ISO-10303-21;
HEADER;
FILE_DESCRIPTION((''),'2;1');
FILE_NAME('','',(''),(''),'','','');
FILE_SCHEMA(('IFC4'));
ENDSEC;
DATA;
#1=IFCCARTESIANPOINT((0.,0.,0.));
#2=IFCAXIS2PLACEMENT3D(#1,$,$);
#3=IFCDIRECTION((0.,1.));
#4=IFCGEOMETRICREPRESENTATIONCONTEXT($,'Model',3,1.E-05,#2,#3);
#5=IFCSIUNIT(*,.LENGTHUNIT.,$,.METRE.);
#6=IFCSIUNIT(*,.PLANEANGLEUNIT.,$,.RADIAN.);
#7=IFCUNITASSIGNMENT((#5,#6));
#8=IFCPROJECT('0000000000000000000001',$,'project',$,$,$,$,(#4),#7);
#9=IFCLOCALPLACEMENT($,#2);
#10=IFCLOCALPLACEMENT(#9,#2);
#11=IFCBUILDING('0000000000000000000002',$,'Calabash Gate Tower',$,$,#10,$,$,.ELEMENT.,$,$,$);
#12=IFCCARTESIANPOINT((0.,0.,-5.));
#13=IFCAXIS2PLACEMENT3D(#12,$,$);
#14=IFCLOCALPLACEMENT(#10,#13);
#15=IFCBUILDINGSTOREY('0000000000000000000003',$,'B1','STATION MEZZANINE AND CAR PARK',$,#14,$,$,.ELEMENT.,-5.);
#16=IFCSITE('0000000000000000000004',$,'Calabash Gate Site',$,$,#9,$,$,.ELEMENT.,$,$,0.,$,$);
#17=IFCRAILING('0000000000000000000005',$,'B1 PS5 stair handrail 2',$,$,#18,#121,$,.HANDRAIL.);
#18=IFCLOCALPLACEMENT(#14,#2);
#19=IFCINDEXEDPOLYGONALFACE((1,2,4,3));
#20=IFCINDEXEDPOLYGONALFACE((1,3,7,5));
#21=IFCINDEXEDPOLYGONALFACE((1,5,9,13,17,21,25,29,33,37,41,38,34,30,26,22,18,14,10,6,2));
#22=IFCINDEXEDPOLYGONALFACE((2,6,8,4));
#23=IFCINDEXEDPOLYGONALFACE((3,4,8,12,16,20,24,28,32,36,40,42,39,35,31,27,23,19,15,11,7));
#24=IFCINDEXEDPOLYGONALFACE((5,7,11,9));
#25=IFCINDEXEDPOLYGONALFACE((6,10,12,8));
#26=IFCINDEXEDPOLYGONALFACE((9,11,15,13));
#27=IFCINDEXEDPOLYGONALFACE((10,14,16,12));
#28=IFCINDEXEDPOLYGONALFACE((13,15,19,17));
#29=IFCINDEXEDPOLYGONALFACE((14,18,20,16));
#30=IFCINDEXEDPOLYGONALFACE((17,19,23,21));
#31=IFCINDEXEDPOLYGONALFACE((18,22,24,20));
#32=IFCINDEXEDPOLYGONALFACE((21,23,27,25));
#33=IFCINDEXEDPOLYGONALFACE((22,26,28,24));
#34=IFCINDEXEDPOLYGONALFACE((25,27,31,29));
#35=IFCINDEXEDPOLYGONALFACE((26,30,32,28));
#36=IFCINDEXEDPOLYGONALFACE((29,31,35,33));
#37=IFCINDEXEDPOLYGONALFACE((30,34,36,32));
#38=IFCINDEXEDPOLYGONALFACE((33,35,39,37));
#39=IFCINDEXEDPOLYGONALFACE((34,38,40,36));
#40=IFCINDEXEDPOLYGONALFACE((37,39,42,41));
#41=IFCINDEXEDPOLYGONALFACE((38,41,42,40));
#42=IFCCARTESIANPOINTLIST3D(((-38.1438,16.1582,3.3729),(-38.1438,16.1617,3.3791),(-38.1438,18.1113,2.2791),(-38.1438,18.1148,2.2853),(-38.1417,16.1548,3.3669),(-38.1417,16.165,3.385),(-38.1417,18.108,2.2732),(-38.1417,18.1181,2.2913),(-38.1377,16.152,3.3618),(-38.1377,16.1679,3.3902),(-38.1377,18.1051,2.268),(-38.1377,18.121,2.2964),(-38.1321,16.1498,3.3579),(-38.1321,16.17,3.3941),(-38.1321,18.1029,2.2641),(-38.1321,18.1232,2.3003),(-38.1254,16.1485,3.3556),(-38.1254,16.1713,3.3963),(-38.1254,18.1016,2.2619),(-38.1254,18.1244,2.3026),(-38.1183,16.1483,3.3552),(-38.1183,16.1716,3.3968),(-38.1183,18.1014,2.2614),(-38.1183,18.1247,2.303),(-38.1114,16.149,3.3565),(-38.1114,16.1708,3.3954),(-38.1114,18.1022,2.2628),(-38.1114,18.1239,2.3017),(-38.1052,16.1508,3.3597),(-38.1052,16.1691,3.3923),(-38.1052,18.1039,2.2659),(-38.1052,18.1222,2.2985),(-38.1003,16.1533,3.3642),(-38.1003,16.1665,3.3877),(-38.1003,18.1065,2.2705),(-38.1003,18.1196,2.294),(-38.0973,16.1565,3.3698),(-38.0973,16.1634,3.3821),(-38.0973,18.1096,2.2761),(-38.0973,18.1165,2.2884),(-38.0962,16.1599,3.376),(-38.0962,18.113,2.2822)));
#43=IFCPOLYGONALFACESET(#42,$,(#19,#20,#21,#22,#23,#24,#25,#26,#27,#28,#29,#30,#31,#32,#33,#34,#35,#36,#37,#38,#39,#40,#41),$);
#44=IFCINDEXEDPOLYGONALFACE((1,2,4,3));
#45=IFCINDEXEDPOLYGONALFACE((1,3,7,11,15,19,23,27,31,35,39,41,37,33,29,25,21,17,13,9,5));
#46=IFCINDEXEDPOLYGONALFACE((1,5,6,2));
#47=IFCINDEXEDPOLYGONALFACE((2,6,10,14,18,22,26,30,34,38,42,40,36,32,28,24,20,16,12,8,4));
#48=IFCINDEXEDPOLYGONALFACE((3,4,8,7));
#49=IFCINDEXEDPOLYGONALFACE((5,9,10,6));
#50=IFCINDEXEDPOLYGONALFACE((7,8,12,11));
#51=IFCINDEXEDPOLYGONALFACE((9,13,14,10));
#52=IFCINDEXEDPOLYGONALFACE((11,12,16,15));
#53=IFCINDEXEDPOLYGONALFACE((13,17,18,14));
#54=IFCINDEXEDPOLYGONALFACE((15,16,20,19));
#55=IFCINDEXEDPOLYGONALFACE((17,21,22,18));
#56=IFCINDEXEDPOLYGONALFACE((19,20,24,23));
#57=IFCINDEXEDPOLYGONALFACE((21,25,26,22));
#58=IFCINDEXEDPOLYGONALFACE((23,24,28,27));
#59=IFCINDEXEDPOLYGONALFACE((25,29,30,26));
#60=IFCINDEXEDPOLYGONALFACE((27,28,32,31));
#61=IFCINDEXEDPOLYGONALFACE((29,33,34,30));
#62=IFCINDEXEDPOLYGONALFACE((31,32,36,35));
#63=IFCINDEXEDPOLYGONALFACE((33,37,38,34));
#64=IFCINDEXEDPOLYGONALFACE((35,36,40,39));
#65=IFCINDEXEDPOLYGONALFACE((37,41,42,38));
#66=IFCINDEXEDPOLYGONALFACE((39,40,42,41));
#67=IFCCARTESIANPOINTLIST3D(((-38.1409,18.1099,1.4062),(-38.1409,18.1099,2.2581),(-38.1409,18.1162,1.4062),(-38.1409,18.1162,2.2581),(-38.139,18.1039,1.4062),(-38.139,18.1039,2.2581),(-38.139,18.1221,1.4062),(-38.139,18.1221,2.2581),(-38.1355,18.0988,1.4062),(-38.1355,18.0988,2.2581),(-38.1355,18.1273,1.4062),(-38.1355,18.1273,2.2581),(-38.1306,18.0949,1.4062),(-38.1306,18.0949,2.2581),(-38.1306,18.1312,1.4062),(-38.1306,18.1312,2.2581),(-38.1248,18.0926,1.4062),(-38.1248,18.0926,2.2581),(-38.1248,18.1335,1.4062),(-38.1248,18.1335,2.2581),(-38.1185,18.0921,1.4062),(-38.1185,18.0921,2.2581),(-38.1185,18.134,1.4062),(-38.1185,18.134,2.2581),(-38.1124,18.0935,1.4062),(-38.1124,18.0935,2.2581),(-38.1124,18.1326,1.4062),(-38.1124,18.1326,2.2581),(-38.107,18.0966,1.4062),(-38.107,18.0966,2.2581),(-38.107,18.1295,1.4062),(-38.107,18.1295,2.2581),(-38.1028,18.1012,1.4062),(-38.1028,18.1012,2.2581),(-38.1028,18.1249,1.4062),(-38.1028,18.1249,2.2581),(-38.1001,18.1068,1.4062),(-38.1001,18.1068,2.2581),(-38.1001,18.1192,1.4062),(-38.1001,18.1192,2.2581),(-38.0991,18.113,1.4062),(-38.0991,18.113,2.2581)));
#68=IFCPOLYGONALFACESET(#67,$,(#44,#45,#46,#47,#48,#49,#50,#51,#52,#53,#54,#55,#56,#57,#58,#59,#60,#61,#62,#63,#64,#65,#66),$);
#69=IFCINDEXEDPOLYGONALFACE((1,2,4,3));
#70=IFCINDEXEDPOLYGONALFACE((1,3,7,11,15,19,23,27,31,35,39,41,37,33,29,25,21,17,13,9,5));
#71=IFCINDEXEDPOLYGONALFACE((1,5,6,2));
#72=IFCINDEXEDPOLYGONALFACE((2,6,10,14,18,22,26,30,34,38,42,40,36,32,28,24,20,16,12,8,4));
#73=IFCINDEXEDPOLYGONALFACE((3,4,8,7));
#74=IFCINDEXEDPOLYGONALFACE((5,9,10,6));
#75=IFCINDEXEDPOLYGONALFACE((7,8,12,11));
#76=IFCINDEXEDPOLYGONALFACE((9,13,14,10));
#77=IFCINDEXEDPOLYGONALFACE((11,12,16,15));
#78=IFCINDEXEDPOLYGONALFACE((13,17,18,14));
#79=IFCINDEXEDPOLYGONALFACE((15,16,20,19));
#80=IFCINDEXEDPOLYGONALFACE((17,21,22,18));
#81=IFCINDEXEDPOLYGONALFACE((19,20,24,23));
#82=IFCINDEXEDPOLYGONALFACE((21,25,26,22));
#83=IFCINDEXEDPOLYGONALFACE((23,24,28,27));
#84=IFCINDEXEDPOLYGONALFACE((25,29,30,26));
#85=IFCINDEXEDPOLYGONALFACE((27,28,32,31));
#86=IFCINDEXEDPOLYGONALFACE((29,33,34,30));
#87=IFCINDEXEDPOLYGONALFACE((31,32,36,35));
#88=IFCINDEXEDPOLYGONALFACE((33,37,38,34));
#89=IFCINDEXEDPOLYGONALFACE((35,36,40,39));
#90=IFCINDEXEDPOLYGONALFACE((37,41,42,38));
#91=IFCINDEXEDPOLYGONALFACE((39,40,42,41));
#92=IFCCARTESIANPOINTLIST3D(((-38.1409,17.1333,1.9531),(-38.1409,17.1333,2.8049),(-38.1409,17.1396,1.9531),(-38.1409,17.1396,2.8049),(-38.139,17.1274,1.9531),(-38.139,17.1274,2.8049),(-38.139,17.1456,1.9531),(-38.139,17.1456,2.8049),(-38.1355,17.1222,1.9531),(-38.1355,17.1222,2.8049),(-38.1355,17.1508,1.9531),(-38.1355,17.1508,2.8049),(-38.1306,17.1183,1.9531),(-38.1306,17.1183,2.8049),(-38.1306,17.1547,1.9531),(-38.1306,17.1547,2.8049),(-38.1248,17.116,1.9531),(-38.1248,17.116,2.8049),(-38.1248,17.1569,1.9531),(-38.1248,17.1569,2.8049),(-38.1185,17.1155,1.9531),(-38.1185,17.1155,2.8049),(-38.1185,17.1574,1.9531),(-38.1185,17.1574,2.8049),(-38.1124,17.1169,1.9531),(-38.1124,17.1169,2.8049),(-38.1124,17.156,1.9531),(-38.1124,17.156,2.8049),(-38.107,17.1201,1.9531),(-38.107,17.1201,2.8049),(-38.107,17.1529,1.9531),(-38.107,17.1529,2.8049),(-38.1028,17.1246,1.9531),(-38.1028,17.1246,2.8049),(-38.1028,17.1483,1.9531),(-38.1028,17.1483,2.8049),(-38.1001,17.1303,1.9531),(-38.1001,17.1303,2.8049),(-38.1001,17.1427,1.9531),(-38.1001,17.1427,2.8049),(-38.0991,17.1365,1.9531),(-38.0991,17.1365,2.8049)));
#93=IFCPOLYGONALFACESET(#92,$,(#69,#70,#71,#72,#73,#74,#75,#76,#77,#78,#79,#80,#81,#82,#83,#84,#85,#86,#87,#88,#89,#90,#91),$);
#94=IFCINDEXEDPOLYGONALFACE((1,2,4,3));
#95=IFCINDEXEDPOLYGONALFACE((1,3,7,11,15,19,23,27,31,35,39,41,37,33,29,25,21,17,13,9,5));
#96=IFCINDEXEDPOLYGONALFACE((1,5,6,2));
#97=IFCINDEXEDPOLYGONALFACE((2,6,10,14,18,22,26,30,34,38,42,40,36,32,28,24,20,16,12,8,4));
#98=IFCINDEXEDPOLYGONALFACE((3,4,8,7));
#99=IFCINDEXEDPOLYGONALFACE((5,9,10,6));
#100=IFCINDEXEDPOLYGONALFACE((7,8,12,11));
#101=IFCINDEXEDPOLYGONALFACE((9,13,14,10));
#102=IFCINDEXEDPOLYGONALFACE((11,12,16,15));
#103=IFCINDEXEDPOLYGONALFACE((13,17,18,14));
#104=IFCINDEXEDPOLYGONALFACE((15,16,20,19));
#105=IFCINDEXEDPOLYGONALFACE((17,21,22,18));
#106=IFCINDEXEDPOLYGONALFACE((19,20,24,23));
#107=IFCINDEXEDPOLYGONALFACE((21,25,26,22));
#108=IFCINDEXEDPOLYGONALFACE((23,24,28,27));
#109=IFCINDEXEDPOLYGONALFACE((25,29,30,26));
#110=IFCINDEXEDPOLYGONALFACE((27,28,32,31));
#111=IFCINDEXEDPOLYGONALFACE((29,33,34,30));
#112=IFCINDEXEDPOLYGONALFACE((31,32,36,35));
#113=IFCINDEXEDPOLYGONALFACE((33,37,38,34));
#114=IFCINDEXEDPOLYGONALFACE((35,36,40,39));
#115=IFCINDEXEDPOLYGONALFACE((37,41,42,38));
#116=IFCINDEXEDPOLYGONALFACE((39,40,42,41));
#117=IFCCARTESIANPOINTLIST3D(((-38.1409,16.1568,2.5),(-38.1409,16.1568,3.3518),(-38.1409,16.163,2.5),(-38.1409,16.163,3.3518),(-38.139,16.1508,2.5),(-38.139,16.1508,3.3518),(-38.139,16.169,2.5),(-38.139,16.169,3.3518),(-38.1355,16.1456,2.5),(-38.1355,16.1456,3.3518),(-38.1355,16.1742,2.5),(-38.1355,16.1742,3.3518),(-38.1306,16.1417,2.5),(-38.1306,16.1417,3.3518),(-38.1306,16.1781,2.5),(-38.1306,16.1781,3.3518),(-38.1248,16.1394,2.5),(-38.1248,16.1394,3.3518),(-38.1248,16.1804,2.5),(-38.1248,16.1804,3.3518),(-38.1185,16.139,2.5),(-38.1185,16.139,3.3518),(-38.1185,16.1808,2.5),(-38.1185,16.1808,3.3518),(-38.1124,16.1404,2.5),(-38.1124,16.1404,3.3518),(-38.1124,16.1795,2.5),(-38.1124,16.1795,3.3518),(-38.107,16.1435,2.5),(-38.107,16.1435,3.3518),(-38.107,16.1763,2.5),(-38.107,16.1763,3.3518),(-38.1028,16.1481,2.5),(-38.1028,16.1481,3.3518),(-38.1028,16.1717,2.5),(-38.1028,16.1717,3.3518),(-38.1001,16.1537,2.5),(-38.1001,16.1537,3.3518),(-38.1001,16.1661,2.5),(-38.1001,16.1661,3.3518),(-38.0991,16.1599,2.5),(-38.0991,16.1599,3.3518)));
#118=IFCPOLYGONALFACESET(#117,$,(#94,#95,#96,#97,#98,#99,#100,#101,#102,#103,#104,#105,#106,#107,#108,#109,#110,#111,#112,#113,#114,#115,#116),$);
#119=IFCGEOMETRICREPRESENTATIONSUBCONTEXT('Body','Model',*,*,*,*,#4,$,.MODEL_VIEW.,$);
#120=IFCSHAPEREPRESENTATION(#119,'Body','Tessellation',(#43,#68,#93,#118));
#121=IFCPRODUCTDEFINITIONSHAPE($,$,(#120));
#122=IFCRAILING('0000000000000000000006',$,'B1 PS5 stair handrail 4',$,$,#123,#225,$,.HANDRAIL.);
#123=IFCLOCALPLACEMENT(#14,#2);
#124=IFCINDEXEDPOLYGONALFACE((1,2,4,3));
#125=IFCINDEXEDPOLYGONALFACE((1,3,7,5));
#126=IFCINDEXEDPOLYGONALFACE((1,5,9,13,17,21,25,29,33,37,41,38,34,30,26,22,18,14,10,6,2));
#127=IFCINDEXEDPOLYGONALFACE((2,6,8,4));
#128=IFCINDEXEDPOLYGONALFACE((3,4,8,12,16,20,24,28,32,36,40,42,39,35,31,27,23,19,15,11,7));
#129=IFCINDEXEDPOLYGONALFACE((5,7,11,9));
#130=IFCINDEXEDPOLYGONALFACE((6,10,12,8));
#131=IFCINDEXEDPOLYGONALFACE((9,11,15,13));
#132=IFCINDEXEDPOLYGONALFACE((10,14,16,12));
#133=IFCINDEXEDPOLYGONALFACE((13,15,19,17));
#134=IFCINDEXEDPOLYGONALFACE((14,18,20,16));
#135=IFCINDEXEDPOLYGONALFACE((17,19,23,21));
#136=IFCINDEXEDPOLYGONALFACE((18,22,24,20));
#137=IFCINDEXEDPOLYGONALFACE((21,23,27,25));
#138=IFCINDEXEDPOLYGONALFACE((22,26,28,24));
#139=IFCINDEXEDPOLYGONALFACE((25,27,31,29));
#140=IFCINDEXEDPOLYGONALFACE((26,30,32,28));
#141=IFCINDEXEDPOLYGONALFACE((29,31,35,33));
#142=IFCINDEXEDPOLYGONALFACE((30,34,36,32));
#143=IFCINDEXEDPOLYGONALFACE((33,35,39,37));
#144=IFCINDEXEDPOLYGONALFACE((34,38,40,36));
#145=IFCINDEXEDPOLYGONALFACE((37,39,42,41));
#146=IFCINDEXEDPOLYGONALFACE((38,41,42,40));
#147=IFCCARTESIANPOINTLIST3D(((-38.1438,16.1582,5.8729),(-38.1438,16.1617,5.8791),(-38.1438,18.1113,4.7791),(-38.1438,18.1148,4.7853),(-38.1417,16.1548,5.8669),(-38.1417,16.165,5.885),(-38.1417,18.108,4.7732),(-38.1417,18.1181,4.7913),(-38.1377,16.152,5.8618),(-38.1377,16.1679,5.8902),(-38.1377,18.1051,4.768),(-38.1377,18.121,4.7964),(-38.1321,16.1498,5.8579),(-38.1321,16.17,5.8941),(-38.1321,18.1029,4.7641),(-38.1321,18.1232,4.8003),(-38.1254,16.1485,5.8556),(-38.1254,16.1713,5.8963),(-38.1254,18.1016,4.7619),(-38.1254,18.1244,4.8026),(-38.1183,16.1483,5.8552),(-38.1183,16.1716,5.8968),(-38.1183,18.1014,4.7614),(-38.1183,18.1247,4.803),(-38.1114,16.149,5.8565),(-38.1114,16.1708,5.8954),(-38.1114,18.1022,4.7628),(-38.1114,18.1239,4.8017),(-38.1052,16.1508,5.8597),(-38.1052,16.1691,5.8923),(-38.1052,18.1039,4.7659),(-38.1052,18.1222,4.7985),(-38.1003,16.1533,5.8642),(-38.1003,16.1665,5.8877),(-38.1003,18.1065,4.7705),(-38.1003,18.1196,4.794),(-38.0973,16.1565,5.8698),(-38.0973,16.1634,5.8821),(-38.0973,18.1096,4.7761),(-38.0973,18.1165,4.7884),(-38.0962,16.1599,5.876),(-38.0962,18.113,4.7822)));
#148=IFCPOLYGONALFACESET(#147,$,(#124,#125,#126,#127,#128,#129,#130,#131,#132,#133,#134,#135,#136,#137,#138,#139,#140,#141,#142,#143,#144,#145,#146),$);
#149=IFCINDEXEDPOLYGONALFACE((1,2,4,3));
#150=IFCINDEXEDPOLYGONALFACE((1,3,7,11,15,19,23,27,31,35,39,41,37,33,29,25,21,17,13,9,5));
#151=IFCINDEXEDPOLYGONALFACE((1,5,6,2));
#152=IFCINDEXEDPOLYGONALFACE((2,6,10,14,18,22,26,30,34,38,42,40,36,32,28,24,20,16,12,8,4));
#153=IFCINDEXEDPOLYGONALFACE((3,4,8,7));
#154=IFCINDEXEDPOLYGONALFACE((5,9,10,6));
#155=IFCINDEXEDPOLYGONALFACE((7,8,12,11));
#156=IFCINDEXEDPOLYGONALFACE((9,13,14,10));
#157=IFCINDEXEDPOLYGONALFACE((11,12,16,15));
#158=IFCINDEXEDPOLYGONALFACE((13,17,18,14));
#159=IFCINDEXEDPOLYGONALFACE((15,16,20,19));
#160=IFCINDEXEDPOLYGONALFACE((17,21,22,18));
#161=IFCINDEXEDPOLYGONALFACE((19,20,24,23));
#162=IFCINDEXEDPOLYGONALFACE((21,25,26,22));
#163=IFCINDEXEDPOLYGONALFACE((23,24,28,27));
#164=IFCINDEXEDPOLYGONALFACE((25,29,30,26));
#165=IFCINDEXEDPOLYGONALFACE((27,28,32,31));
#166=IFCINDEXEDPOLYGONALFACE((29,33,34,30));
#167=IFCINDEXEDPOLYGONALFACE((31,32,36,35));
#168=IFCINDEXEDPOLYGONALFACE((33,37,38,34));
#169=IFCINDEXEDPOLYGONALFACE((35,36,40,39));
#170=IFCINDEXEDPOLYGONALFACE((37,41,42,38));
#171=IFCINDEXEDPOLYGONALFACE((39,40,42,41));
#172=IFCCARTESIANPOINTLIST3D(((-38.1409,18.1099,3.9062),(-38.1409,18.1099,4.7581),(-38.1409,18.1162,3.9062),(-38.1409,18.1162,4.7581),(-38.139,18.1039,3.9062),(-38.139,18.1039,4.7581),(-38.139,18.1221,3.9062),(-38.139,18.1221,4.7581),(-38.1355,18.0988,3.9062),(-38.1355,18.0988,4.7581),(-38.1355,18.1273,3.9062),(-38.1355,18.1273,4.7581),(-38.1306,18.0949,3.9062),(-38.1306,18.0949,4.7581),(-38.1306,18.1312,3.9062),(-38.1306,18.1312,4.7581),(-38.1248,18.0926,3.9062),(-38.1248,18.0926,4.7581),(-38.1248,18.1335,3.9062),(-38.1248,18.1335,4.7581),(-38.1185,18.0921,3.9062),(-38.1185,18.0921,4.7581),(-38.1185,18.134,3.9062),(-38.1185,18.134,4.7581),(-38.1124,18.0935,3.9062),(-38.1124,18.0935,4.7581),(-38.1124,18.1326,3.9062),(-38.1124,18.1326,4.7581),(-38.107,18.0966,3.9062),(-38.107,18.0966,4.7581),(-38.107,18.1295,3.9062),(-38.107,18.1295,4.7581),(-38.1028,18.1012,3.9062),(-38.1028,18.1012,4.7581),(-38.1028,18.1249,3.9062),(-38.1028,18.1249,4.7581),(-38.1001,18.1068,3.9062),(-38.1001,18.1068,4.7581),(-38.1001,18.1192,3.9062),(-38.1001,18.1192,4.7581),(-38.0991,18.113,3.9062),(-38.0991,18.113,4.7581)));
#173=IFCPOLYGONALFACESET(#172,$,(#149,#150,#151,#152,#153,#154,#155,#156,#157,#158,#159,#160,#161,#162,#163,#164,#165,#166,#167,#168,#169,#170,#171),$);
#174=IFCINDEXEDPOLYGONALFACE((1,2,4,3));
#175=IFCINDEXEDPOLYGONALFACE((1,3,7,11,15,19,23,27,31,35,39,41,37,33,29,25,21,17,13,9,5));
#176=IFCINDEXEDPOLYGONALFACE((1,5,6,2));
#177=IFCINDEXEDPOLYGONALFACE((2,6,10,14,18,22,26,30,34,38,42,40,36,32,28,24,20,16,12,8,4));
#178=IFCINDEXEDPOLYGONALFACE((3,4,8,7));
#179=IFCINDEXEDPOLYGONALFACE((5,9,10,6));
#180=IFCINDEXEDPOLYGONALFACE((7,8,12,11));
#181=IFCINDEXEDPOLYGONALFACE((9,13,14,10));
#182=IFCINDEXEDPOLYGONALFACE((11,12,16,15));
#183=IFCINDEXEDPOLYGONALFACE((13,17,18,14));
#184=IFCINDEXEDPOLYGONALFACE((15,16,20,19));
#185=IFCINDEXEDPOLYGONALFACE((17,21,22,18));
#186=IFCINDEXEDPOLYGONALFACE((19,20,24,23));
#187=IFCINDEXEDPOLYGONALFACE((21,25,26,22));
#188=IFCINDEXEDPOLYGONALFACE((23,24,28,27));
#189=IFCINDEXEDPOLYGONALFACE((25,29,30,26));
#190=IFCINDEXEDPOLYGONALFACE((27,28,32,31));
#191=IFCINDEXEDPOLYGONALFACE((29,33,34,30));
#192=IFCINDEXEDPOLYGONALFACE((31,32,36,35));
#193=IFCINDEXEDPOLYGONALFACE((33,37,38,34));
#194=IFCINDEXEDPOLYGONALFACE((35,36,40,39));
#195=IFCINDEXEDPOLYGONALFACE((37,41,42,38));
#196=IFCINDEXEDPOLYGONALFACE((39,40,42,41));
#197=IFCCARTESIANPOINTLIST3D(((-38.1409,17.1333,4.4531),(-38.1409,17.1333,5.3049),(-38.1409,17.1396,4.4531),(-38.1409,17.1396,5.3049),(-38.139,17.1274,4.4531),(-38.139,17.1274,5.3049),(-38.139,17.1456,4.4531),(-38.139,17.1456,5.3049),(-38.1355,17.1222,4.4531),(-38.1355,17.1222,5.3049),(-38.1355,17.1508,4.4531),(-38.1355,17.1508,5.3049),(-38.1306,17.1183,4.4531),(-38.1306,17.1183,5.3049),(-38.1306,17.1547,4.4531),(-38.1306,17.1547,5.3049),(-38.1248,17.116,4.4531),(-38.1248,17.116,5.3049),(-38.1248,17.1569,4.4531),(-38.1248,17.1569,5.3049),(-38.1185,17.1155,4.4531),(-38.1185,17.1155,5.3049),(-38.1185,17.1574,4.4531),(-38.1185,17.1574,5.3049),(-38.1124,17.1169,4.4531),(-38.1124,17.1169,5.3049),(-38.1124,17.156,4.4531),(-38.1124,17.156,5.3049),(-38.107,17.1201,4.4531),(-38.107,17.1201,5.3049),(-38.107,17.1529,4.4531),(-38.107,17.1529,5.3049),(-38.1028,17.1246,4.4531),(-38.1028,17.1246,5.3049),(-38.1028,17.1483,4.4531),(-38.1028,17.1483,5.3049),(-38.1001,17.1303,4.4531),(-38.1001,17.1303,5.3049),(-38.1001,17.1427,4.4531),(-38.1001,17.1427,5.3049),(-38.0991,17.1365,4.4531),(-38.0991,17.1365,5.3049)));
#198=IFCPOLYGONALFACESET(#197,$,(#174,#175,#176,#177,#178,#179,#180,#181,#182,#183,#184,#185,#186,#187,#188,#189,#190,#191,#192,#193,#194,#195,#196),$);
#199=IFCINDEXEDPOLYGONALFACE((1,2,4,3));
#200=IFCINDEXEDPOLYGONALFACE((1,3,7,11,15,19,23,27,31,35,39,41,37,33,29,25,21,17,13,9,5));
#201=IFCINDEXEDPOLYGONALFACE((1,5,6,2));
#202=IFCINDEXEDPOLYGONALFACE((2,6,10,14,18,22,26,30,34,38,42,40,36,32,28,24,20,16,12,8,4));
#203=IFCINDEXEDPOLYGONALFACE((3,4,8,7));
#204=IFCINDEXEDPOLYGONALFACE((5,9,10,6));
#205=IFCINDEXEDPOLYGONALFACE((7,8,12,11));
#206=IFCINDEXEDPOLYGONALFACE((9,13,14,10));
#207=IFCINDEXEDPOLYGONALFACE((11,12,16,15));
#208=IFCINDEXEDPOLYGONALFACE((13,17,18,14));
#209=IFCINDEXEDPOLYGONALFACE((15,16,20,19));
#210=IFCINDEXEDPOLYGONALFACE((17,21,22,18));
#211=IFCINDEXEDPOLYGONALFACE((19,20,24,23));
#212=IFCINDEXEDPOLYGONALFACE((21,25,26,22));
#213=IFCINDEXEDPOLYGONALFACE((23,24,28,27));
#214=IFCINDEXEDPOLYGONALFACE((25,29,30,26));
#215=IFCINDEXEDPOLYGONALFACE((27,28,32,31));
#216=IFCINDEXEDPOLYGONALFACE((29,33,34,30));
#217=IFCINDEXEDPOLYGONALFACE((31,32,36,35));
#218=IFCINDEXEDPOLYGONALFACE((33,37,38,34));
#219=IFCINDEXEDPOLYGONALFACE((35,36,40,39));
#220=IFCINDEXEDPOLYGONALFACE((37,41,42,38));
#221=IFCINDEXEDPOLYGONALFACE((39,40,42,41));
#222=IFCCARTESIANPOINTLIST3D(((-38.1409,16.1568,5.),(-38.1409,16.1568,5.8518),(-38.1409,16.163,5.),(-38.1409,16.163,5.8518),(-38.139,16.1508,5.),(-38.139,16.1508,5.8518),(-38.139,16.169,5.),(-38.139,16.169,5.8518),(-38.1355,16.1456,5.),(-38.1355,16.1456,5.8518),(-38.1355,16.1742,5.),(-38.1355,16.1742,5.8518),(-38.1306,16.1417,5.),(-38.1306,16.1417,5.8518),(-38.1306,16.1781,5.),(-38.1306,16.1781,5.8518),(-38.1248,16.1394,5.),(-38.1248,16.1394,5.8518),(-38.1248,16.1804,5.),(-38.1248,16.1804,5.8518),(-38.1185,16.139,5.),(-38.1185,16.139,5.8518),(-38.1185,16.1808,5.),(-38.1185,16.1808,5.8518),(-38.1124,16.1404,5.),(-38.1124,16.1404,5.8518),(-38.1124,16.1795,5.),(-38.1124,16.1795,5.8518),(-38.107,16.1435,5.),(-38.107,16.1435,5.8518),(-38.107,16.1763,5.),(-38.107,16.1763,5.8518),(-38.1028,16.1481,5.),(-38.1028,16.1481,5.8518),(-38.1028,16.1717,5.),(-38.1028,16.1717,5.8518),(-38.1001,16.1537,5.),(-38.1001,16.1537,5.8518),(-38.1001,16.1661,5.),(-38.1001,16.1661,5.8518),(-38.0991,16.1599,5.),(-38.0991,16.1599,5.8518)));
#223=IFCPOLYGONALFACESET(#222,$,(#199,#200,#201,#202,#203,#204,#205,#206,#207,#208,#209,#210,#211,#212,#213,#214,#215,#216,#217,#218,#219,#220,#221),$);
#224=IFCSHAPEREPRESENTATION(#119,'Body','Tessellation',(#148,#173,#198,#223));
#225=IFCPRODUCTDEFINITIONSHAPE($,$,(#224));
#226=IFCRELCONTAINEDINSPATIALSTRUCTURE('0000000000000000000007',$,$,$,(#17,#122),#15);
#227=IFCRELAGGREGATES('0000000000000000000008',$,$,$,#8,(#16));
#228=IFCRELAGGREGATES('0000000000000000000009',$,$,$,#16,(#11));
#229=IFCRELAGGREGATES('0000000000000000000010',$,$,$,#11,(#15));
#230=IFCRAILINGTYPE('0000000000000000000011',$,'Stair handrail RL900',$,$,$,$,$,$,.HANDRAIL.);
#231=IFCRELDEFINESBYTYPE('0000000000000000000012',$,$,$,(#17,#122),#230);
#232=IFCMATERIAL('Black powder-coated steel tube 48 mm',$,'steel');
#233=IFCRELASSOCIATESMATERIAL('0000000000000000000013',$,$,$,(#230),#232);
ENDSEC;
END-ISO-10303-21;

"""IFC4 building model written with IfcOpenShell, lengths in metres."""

from ifc_helpers import new_model, si_unit, direction, frame, origin, origin_2d, place, context, subcontext, project, spatial, circle, extrude, material, type_object, element, save


model = new_model("IFC4")

# Units and contexts
model_context = context("Model", 3, precision=1e-05, world=origin(), true_north=direction((0.0, 1.0)))
body_context = subcontext(model_context, "Body", "Model", "MODEL_VIEW")
ifc_project = project(units=[si_unit("LENGTHUNIT", "METRE"), si_unit("PLANEANGLEUNIT", "RADIAN")], contexts=[model_context])

# Site, building, storey
site_placement = place(None, origin())
site = spatial("IfcSite", under=ifc_project, at=site_placement, Name="Calabash Gate Site", CompositionType="ELEMENT", RefElevation=0.0)
building_placement = place(site_placement, origin())
building = spatial("IfcBuilding", under=site, at=building_placement, Name="Calabash Gate Tower", CompositionType="ELEMENT")
storey_placement = place(building_placement, frame((0.0, 0.0, -5.0)))
storey = spatial("IfcBuildingStorey", under=building, at=storey_placement, Name="B1", Description="STATION MEZZANINE AND CAR PARK", CompositionType="ELEMENT", Elevation=-5.0)

# Railings
ifc_material_1 = material(Name="Black powder-coated steel tube 48 mm", Category="steel")
railing_type_1 = type_object("IfcRailingType", Name="Stair handrail RL900", PredefinedType="HANDRAIL", material=ifc_material_1)
for number, where, name in (
    (1, (-38.1201, 18.113, 1.4062), "B1 PS5 stair handrail 2"),
    (2, (-38.1201, 18.113, 3.9062), "B1 PS5 stair handrail 4"),
):
    element("IfcRailing", number, at=place(storey_placement, frame(where)), inside=storey, type_object=railing_type_1, Name=name, PredefinedType="HANDRAIL", context=body_context, shape_type="SweptSolid", body=[
        extrude(circle(Radius=0.0239, at=origin_2d()), frame((0.0, 0.0, 0.876), z_axis=(0.0, -0.872506, 0.488603), x_axis=(1.0, 0.0, 0.0)), (0.0, 0.0, 1.0), 2.2385),
        extrude(circle(Radius=0.021, at=origin_2d()), origin(), (0.0, 0.0, 1.0), 0.8518),
        extrude(circle(Radius=0.021, at=origin_2d()), frame((0.0, -0.9766, 0.5469)), (0.0, 0.0, 1.0), 0.8518),
        extrude(circle(Radius=0.021, at=origin_2d()), frame((0.0, -1.9531, 1.0938)), (0.0, 0.0, 1.0), 0.8518),
    ])

save(model, "model.ifc")
